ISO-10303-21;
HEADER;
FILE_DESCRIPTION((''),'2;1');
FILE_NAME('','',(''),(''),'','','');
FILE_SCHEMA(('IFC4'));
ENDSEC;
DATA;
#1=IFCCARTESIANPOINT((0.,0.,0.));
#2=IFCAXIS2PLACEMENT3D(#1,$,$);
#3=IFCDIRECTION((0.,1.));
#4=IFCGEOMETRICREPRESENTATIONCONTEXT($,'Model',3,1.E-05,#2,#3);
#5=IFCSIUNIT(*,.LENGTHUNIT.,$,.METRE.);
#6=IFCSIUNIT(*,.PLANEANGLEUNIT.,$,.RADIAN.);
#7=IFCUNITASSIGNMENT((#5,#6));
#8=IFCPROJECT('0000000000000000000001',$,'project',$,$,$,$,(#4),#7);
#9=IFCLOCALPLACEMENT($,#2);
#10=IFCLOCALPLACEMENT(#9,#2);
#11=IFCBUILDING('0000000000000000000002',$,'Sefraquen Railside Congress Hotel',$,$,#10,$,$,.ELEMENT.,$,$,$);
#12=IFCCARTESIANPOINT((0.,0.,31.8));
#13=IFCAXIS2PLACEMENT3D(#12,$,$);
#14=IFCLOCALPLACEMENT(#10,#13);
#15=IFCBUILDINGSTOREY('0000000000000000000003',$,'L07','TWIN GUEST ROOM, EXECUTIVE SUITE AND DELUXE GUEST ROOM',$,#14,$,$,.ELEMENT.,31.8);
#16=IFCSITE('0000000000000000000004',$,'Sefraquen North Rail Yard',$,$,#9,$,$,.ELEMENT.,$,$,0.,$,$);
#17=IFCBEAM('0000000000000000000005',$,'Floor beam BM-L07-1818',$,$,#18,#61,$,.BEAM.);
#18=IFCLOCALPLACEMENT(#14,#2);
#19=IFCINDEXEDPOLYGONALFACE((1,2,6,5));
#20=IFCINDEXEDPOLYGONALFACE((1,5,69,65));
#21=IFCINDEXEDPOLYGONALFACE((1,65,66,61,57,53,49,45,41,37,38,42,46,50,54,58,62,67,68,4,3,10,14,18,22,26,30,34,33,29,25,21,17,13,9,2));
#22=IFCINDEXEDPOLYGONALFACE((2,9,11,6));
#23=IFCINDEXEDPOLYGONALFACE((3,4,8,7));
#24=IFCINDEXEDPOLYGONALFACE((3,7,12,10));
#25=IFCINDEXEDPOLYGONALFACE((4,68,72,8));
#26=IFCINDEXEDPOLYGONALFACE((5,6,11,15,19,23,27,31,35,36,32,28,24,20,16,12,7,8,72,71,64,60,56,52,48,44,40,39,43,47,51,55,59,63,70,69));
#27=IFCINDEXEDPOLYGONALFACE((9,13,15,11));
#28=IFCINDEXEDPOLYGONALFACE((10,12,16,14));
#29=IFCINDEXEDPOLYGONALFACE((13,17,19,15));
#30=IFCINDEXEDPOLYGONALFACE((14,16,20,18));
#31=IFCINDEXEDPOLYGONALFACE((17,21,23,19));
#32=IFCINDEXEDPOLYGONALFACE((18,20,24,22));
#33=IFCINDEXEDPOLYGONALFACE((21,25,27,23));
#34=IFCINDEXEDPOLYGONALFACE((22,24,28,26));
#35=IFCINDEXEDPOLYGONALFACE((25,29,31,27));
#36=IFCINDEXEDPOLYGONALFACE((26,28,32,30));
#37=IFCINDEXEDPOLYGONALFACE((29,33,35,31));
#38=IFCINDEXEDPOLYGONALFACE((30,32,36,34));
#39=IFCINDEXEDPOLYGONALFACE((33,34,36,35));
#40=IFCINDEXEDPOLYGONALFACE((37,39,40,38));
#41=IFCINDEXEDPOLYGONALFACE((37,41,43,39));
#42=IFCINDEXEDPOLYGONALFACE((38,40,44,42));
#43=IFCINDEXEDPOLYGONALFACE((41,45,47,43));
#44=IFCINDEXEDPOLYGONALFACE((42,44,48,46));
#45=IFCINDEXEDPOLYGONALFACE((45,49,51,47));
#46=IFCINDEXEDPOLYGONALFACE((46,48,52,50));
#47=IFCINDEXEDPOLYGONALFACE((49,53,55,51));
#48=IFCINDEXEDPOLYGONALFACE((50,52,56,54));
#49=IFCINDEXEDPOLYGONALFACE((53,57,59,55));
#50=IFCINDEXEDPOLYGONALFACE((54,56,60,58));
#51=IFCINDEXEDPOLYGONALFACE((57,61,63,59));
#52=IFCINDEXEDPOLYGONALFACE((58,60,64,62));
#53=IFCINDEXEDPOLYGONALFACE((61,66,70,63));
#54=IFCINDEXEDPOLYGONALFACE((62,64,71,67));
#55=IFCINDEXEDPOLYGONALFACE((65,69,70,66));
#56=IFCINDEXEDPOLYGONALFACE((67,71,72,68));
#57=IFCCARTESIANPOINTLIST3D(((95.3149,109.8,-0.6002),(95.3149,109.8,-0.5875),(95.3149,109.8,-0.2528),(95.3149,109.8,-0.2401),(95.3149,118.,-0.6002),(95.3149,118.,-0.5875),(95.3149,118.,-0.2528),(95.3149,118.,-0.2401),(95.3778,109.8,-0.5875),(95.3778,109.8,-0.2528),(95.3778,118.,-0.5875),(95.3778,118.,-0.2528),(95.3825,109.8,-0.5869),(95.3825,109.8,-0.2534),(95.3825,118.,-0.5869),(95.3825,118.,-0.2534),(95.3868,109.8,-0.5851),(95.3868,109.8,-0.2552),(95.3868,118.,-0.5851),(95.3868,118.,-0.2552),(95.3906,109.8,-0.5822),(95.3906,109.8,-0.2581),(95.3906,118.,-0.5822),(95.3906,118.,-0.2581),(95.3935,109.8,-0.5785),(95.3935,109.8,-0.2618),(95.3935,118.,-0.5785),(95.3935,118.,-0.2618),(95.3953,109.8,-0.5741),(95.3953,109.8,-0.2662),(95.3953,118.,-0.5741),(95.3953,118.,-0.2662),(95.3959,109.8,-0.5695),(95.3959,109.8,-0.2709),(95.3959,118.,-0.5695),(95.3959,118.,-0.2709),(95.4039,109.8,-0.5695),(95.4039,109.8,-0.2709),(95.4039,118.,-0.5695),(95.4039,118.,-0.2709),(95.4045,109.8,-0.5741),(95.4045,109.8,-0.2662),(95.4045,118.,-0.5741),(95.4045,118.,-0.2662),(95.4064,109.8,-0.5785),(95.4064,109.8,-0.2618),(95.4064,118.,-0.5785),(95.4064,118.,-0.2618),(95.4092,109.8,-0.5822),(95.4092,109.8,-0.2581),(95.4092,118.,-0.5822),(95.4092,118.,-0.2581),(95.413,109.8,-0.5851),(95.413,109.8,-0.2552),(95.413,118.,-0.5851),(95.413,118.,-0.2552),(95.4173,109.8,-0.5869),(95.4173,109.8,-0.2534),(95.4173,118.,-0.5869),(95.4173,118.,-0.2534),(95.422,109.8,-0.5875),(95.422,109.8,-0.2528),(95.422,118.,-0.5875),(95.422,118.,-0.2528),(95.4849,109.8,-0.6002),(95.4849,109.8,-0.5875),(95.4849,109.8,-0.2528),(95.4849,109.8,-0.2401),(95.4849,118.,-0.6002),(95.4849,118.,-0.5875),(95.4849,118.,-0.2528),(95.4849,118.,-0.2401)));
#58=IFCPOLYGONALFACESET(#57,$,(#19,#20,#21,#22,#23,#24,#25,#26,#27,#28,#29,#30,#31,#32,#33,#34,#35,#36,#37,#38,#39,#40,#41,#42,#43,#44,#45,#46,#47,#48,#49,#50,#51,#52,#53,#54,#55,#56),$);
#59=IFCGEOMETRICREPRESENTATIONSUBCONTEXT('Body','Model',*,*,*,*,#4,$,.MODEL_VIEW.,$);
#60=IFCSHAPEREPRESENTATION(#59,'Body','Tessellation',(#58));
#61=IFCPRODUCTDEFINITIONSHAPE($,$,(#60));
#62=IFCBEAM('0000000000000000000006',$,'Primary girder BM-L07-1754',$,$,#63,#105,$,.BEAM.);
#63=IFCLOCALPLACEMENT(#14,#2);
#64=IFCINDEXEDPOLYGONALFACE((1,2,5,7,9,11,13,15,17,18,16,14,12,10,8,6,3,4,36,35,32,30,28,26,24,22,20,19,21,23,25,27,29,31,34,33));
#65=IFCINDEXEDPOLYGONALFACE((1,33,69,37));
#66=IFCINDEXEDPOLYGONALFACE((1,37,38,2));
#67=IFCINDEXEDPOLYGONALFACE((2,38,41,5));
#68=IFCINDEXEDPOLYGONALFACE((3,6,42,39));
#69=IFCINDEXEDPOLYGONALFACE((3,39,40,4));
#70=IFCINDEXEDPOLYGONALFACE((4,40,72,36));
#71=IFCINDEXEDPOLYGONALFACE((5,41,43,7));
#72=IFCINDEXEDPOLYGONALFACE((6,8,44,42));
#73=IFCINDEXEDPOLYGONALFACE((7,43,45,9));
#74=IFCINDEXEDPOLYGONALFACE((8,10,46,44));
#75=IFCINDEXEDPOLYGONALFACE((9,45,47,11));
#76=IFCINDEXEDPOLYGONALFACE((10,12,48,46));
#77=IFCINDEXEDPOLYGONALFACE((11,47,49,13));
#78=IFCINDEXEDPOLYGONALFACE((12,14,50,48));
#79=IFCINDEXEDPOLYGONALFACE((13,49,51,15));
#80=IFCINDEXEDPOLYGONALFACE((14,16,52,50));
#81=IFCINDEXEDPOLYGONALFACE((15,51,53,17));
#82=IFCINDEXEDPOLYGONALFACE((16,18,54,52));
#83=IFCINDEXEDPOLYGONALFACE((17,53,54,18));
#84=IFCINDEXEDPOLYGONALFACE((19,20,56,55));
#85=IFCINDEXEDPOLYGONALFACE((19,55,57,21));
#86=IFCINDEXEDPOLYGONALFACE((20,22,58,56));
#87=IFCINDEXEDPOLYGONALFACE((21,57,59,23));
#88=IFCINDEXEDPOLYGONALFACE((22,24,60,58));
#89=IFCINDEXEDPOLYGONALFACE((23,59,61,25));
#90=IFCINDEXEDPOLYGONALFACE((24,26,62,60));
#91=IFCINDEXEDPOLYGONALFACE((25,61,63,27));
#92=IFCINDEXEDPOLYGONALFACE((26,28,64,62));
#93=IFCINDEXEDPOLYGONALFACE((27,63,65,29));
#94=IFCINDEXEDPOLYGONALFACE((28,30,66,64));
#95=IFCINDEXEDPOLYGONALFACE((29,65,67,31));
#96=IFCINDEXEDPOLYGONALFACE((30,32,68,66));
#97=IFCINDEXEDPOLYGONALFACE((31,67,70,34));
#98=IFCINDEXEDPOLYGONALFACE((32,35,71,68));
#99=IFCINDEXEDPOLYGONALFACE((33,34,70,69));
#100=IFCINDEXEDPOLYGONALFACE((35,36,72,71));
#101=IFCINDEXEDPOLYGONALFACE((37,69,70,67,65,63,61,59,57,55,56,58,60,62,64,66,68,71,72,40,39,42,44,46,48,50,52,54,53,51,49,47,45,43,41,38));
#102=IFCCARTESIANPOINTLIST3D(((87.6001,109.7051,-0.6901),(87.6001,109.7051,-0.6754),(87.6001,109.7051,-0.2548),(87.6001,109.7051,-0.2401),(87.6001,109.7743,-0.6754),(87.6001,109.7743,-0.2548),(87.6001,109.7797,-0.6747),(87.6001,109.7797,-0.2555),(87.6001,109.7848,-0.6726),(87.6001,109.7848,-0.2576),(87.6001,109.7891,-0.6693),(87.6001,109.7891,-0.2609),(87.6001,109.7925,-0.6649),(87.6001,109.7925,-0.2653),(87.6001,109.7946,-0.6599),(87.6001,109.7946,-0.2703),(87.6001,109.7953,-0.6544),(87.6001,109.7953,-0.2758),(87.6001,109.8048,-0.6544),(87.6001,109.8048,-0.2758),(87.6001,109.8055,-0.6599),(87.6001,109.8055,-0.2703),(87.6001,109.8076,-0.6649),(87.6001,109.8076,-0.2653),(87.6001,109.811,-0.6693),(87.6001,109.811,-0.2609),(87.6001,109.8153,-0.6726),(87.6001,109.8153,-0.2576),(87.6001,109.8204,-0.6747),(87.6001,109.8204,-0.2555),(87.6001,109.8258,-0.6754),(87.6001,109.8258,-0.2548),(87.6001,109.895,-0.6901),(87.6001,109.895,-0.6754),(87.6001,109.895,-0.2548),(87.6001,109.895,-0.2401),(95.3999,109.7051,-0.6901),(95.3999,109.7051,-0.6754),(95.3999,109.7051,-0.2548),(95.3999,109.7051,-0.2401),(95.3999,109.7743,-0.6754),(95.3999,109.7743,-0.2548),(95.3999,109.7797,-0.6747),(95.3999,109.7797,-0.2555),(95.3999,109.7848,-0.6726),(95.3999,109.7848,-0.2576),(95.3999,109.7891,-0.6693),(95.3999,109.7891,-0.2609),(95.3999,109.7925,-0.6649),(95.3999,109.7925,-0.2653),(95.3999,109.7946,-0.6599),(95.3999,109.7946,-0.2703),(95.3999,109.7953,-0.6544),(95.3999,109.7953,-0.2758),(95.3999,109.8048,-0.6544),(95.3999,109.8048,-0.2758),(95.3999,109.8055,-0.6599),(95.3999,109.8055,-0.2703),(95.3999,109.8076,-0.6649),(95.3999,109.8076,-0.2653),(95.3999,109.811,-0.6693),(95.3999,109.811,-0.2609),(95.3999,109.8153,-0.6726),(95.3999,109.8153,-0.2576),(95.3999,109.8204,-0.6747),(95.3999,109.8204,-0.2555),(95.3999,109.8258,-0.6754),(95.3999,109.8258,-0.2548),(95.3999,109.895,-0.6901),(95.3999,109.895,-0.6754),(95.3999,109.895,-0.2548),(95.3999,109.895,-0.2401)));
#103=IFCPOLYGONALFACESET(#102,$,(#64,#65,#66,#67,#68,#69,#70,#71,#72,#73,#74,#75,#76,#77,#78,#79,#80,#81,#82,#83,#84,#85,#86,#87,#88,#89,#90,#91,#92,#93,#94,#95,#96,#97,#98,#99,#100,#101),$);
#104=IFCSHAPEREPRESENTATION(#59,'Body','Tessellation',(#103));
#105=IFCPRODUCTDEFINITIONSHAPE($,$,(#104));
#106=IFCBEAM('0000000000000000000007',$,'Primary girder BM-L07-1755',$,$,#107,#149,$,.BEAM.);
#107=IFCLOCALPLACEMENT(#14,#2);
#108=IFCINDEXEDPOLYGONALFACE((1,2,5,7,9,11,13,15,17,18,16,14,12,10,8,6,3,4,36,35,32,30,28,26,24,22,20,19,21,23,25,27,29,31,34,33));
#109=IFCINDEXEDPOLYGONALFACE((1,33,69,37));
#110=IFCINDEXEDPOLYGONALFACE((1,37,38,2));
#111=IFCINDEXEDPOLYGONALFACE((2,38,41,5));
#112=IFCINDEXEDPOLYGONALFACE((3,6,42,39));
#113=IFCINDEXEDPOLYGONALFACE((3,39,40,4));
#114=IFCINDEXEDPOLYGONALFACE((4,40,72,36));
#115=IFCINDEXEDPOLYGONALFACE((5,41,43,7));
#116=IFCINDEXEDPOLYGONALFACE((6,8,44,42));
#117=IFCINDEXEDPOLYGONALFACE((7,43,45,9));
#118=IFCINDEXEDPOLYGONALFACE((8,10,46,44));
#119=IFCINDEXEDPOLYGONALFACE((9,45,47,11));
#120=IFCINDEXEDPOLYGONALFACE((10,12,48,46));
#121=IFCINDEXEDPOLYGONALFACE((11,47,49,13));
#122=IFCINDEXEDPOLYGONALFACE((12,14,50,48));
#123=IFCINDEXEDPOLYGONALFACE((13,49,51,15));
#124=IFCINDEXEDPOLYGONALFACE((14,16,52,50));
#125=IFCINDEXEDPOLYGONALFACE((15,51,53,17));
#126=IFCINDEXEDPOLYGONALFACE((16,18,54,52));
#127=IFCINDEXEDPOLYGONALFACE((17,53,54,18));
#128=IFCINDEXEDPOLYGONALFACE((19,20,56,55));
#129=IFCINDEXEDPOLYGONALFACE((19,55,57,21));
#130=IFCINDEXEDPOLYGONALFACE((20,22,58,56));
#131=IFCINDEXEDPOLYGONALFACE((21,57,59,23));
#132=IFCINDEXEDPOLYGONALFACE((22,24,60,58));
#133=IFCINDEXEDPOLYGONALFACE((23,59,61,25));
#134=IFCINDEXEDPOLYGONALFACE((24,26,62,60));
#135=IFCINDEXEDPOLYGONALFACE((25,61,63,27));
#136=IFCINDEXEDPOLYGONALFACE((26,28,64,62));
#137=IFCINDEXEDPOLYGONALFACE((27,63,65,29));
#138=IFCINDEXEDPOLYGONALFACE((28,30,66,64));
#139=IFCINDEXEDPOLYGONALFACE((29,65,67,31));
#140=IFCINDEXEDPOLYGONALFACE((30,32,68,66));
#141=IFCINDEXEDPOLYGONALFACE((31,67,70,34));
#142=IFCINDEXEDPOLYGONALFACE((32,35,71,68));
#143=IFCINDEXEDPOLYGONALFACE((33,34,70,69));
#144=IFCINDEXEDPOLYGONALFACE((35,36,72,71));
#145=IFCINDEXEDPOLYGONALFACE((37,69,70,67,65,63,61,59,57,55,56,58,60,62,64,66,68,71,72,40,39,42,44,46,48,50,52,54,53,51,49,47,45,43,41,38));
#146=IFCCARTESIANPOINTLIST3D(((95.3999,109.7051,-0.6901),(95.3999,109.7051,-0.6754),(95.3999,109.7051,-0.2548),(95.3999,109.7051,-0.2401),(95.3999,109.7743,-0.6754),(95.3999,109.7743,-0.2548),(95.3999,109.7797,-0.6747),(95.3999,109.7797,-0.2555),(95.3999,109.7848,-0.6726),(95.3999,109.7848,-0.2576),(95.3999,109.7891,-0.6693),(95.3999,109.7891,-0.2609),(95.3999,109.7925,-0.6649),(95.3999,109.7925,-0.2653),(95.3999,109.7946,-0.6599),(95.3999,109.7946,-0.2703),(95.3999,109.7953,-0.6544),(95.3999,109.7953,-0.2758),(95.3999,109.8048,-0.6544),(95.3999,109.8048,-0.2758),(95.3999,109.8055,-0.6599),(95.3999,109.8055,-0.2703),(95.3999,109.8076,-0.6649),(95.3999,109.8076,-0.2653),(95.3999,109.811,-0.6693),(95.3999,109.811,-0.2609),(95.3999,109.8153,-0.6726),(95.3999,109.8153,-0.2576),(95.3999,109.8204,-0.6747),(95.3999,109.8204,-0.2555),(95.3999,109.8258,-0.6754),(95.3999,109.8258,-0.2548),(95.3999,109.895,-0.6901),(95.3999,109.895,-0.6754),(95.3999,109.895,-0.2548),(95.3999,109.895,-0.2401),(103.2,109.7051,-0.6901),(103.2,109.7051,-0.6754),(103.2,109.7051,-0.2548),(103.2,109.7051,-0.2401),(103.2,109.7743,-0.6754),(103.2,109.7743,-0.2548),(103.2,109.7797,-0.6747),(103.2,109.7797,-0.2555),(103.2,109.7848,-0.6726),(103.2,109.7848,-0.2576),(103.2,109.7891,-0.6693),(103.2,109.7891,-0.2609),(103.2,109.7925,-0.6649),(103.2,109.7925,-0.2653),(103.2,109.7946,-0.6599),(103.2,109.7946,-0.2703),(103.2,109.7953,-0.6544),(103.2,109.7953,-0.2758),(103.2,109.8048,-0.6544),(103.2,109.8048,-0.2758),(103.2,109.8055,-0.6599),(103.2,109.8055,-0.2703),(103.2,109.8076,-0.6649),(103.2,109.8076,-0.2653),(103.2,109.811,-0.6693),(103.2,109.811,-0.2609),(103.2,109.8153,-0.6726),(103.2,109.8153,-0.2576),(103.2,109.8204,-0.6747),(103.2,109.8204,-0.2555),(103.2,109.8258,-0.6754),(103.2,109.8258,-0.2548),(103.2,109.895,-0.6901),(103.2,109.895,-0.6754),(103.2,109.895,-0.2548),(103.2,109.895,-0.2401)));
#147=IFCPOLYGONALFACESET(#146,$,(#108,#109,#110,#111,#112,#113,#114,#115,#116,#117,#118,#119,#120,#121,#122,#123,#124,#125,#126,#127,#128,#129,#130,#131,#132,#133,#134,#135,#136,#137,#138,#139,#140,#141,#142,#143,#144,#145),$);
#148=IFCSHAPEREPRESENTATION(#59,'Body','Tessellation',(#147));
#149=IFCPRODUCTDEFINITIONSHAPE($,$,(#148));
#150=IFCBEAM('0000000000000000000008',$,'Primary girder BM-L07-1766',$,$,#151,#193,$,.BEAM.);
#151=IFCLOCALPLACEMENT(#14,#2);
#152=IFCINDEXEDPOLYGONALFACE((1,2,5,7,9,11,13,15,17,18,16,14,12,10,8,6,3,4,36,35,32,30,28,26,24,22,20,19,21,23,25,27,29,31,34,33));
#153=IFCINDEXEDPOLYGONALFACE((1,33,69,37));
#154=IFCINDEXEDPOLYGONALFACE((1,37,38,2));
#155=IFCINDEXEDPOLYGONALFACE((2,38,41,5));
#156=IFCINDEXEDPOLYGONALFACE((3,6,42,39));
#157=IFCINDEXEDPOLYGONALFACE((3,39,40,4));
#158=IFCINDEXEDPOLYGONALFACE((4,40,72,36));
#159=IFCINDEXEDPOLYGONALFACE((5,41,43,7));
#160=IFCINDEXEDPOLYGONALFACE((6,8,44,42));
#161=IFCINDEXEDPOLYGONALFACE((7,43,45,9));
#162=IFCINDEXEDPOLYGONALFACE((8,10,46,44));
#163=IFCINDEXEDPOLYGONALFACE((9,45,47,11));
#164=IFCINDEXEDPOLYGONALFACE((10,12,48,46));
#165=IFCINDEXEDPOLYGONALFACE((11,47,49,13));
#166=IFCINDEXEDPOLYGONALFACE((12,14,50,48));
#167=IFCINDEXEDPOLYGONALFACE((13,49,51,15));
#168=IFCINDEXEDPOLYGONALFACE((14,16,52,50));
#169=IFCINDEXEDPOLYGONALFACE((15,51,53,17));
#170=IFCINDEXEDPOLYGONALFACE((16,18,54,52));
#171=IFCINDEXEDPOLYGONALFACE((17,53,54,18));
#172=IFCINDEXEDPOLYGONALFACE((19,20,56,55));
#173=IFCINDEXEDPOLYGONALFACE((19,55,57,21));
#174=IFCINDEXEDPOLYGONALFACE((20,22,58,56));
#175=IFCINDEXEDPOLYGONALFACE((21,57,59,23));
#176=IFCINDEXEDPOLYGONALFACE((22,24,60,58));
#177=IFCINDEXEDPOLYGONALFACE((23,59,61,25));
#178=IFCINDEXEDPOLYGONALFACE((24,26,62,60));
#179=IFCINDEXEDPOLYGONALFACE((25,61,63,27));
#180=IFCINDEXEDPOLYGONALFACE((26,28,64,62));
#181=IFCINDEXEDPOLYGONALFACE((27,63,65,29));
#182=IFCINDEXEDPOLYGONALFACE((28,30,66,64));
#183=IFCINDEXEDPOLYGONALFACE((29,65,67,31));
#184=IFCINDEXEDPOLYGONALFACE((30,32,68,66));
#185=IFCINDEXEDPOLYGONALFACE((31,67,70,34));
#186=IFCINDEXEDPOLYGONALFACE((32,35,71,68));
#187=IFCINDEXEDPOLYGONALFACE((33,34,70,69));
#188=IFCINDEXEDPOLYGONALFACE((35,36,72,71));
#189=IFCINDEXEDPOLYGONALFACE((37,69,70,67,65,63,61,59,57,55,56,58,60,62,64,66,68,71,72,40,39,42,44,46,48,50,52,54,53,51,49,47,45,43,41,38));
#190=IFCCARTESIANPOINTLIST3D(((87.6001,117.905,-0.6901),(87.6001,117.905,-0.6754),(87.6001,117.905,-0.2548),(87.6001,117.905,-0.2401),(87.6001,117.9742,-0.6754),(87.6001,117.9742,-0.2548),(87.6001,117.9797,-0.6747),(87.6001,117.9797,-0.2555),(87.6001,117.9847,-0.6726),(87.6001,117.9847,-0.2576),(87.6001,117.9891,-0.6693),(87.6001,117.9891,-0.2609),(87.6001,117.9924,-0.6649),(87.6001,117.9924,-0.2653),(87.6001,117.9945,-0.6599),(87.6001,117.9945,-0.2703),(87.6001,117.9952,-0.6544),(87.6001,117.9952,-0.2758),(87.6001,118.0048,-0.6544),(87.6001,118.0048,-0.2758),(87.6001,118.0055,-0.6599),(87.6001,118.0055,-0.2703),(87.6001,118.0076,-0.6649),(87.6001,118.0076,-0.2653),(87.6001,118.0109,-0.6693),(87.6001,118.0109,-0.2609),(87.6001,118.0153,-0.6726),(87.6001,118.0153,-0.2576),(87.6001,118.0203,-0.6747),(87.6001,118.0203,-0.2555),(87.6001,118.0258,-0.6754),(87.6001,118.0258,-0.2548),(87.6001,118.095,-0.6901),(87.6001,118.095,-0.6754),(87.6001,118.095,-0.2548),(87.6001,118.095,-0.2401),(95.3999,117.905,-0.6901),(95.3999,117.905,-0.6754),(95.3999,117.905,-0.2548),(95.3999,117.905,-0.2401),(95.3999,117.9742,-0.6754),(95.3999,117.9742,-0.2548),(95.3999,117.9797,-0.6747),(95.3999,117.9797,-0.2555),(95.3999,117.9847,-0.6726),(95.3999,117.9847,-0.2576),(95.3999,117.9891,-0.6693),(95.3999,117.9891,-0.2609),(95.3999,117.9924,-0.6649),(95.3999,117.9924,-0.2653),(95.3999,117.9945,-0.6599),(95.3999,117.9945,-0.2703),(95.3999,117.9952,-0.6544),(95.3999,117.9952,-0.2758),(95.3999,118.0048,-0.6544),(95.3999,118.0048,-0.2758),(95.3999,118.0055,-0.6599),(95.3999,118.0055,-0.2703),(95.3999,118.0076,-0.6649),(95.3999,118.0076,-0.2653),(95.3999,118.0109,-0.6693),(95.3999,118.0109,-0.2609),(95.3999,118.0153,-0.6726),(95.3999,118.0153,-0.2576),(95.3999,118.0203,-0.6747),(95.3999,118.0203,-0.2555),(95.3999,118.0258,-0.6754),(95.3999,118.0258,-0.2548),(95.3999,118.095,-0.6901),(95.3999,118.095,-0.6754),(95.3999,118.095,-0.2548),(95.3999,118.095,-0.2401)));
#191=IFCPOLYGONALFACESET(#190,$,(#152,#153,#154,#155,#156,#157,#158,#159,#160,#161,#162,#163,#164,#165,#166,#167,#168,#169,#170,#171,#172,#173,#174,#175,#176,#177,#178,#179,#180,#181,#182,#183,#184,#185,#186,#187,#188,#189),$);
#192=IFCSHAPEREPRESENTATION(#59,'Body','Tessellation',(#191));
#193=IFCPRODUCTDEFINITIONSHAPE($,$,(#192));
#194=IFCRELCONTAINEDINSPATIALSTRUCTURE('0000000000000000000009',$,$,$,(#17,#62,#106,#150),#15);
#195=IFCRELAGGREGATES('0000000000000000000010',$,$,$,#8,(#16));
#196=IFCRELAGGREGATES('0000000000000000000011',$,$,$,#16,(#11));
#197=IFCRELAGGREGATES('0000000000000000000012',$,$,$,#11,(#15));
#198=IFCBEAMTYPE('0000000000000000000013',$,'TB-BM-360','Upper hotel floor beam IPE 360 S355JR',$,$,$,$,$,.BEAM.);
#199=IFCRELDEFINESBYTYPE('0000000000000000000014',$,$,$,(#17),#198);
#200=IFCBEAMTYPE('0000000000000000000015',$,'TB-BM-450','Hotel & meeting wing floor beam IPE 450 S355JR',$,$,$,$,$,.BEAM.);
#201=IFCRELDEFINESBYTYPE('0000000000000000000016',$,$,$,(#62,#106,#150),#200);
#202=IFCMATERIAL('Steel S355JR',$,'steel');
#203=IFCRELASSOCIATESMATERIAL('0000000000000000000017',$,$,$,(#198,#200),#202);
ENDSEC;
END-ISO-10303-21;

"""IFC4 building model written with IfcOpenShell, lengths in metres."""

from ifc_helpers import new_model, si_unit, direction, frame, origin, origin_2d, place, context, subcontext, project, spatial, i_section, extrude, material, material_profile, profile_set, type_object, element, save


model = new_model("IFC4")

# Units and contexts
model_context = context("Model", 3, precision=1e-05, world=origin(), true_north=direction((0.0, 1.0)))
body_context = subcontext(model_context, "Body", "Model", "MODEL_VIEW")
ifc_project = project(units=[si_unit("LENGTHUNIT", "METRE"), si_unit("PLANEANGLEUNIT", "RADIAN")], contexts=[model_context])

# Site, building, storey
site_placement = place(None, origin())
site = spatial("IfcSite", under=ifc_project, at=site_placement, Name="Sefraquen North Rail Yard", CompositionType="ELEMENT", RefElevation=0.0)
building_placement = place(site_placement, origin())
building = spatial("IfcBuilding", under=site, at=building_placement, Name="Sefraquen Railside Congress Hotel", CompositionType="ELEMENT")
storey_placement = place(building_placement, frame((0.0, 0.0, 31.8)))
storey = spatial("IfcBuildingStorey", under=building, at=storey_placement, Name="L07", Description="TWIN GUEST ROOM, EXECUTIVE SUITE AND DELUXE GUEST ROOM", CompositionType="ELEMENT", Elevation=31.8)

# Shared definitions
ifc_material_1 = material(Name="Steel S355JR", Category="steel")

# Beams
ifc_material_profile_1 = material_profile(ifc_material_1, i_section(OverallWidth=0.1699, OverallDepth=0.3601, WebThickness=0.0081, FlangeThickness=0.0127, FilletRadius=0.0181, at=origin_2d()), Name="IPE 360")
ifc_profile_set_1 = profile_set([ifc_material_profile_1], Name="Steel S355JR")
beam_type_1 = type_object("IfcBeamType", Name="TB-BM-360", Description="Upper hotel floor beam IPE 360 S355JR", PredefinedType="BEAM", material=ifc_profile_set_1)
for number, where, z_axis, x_axis, name in (
    (1, (95.3999, 109.8, -0.4202), (0.0, 1.0, 0.0), (-1.0, 0.0, 0.0), "Floor beam BM-L07-1818"),
):
    element("IfcBeam", number, at=place(storey_placement, frame(where, z_axis=z_axis, x_axis=x_axis)), inside=storey, type_object=beam_type_1, Name=name, PredefinedType="BEAM", context=body_context, shape_type="SweptSolid", body=[
        extrude(i_section(OverallWidth=0.1699, OverallDepth=0.3601, WebThickness=0.0081, FlangeThickness=0.0127, FilletRadius=0.0181, at=origin_2d()), origin(), (0.0, 0.0, 1.0), 8.2),
    ])
ifc_material_profile_2 = material_profile(ifc_material_1, i_section(OverallWidth=0.1899, OverallDepth=0.45, WebThickness=0.0095, FlangeThickness=0.0146, FilletRadius=0.021, at=origin_2d()), Name="IPE 450")
ifc_profile_set_2 = profile_set([ifc_material_profile_2], Name="Steel S355JR")
beam_type_2 = type_object("IfcBeamType", Name="TB-BM-450", Description="Hotel & meeting wing floor beam IPE 450 S355JR", PredefinedType="BEAM", material=ifc_profile_set_2)
beam_1_placement = place(storey_placement, frame((87.6001, 109.8, -0.4651), z_axis=(1.0, 0.0, 0.0), x_axis=(0.0, 1.0, 0.0)))
element("IfcBeam", 2, at=beam_1_placement, inside=storey, type_object=beam_type_2, Name="Primary girder BM-L07-1754", PredefinedType="BEAM", context=body_context, shape_type="SweptSolid", body=[
    extrude(i_section(OverallWidth=0.1899, OverallDepth=0.45, WebThickness=0.0095, FlangeThickness=0.0146, FilletRadius=0.021, at=origin_2d()), origin(), (0.0, 0.0, 1.0), 7.7998),
])
beam_2_placement = place(storey_placement, frame((95.3999, 109.8, -0.4651), z_axis=(1.0, 0.0, 0.0), x_axis=(0.0, 1.0, 0.0)))
element("IfcBeam", 3, at=beam_2_placement, inside=storey, type_object=beam_type_2, Name="Primary girder BM-L07-1755", PredefinedType="BEAM", context=body_context, shape_type="SweptSolid", body=[
    extrude(i_section(OverallWidth=0.1899, OverallDepth=0.45, WebThickness=0.0095, FlangeThickness=0.0146, FilletRadius=0.021, at=origin_2d()), origin(), (0.0, 0.0, 1.0), 7.8),
])
beam_3_placement = place(storey_placement, frame((87.6001, 118.0, -0.4651), z_axis=(1.0, 0.0, 0.0), x_axis=(0.0, 1.0, 0.0)))
element("IfcBeam", 4, at=beam_3_placement, inside=storey, type_object=beam_type_2, Name="Primary girder BM-L07-1766", PredefinedType="BEAM", context=body_context, shape_type="SweptSolid", body=[
    extrude(i_section(OverallWidth=0.1899, OverallDepth=0.45, WebThickness=0.0095, FlangeThickness=0.0146, FilletRadius=0.021, at=origin_2d()), origin(), (0.0, 0.0, 1.0), 7.7998),
])

save(model, "model.ifc")
